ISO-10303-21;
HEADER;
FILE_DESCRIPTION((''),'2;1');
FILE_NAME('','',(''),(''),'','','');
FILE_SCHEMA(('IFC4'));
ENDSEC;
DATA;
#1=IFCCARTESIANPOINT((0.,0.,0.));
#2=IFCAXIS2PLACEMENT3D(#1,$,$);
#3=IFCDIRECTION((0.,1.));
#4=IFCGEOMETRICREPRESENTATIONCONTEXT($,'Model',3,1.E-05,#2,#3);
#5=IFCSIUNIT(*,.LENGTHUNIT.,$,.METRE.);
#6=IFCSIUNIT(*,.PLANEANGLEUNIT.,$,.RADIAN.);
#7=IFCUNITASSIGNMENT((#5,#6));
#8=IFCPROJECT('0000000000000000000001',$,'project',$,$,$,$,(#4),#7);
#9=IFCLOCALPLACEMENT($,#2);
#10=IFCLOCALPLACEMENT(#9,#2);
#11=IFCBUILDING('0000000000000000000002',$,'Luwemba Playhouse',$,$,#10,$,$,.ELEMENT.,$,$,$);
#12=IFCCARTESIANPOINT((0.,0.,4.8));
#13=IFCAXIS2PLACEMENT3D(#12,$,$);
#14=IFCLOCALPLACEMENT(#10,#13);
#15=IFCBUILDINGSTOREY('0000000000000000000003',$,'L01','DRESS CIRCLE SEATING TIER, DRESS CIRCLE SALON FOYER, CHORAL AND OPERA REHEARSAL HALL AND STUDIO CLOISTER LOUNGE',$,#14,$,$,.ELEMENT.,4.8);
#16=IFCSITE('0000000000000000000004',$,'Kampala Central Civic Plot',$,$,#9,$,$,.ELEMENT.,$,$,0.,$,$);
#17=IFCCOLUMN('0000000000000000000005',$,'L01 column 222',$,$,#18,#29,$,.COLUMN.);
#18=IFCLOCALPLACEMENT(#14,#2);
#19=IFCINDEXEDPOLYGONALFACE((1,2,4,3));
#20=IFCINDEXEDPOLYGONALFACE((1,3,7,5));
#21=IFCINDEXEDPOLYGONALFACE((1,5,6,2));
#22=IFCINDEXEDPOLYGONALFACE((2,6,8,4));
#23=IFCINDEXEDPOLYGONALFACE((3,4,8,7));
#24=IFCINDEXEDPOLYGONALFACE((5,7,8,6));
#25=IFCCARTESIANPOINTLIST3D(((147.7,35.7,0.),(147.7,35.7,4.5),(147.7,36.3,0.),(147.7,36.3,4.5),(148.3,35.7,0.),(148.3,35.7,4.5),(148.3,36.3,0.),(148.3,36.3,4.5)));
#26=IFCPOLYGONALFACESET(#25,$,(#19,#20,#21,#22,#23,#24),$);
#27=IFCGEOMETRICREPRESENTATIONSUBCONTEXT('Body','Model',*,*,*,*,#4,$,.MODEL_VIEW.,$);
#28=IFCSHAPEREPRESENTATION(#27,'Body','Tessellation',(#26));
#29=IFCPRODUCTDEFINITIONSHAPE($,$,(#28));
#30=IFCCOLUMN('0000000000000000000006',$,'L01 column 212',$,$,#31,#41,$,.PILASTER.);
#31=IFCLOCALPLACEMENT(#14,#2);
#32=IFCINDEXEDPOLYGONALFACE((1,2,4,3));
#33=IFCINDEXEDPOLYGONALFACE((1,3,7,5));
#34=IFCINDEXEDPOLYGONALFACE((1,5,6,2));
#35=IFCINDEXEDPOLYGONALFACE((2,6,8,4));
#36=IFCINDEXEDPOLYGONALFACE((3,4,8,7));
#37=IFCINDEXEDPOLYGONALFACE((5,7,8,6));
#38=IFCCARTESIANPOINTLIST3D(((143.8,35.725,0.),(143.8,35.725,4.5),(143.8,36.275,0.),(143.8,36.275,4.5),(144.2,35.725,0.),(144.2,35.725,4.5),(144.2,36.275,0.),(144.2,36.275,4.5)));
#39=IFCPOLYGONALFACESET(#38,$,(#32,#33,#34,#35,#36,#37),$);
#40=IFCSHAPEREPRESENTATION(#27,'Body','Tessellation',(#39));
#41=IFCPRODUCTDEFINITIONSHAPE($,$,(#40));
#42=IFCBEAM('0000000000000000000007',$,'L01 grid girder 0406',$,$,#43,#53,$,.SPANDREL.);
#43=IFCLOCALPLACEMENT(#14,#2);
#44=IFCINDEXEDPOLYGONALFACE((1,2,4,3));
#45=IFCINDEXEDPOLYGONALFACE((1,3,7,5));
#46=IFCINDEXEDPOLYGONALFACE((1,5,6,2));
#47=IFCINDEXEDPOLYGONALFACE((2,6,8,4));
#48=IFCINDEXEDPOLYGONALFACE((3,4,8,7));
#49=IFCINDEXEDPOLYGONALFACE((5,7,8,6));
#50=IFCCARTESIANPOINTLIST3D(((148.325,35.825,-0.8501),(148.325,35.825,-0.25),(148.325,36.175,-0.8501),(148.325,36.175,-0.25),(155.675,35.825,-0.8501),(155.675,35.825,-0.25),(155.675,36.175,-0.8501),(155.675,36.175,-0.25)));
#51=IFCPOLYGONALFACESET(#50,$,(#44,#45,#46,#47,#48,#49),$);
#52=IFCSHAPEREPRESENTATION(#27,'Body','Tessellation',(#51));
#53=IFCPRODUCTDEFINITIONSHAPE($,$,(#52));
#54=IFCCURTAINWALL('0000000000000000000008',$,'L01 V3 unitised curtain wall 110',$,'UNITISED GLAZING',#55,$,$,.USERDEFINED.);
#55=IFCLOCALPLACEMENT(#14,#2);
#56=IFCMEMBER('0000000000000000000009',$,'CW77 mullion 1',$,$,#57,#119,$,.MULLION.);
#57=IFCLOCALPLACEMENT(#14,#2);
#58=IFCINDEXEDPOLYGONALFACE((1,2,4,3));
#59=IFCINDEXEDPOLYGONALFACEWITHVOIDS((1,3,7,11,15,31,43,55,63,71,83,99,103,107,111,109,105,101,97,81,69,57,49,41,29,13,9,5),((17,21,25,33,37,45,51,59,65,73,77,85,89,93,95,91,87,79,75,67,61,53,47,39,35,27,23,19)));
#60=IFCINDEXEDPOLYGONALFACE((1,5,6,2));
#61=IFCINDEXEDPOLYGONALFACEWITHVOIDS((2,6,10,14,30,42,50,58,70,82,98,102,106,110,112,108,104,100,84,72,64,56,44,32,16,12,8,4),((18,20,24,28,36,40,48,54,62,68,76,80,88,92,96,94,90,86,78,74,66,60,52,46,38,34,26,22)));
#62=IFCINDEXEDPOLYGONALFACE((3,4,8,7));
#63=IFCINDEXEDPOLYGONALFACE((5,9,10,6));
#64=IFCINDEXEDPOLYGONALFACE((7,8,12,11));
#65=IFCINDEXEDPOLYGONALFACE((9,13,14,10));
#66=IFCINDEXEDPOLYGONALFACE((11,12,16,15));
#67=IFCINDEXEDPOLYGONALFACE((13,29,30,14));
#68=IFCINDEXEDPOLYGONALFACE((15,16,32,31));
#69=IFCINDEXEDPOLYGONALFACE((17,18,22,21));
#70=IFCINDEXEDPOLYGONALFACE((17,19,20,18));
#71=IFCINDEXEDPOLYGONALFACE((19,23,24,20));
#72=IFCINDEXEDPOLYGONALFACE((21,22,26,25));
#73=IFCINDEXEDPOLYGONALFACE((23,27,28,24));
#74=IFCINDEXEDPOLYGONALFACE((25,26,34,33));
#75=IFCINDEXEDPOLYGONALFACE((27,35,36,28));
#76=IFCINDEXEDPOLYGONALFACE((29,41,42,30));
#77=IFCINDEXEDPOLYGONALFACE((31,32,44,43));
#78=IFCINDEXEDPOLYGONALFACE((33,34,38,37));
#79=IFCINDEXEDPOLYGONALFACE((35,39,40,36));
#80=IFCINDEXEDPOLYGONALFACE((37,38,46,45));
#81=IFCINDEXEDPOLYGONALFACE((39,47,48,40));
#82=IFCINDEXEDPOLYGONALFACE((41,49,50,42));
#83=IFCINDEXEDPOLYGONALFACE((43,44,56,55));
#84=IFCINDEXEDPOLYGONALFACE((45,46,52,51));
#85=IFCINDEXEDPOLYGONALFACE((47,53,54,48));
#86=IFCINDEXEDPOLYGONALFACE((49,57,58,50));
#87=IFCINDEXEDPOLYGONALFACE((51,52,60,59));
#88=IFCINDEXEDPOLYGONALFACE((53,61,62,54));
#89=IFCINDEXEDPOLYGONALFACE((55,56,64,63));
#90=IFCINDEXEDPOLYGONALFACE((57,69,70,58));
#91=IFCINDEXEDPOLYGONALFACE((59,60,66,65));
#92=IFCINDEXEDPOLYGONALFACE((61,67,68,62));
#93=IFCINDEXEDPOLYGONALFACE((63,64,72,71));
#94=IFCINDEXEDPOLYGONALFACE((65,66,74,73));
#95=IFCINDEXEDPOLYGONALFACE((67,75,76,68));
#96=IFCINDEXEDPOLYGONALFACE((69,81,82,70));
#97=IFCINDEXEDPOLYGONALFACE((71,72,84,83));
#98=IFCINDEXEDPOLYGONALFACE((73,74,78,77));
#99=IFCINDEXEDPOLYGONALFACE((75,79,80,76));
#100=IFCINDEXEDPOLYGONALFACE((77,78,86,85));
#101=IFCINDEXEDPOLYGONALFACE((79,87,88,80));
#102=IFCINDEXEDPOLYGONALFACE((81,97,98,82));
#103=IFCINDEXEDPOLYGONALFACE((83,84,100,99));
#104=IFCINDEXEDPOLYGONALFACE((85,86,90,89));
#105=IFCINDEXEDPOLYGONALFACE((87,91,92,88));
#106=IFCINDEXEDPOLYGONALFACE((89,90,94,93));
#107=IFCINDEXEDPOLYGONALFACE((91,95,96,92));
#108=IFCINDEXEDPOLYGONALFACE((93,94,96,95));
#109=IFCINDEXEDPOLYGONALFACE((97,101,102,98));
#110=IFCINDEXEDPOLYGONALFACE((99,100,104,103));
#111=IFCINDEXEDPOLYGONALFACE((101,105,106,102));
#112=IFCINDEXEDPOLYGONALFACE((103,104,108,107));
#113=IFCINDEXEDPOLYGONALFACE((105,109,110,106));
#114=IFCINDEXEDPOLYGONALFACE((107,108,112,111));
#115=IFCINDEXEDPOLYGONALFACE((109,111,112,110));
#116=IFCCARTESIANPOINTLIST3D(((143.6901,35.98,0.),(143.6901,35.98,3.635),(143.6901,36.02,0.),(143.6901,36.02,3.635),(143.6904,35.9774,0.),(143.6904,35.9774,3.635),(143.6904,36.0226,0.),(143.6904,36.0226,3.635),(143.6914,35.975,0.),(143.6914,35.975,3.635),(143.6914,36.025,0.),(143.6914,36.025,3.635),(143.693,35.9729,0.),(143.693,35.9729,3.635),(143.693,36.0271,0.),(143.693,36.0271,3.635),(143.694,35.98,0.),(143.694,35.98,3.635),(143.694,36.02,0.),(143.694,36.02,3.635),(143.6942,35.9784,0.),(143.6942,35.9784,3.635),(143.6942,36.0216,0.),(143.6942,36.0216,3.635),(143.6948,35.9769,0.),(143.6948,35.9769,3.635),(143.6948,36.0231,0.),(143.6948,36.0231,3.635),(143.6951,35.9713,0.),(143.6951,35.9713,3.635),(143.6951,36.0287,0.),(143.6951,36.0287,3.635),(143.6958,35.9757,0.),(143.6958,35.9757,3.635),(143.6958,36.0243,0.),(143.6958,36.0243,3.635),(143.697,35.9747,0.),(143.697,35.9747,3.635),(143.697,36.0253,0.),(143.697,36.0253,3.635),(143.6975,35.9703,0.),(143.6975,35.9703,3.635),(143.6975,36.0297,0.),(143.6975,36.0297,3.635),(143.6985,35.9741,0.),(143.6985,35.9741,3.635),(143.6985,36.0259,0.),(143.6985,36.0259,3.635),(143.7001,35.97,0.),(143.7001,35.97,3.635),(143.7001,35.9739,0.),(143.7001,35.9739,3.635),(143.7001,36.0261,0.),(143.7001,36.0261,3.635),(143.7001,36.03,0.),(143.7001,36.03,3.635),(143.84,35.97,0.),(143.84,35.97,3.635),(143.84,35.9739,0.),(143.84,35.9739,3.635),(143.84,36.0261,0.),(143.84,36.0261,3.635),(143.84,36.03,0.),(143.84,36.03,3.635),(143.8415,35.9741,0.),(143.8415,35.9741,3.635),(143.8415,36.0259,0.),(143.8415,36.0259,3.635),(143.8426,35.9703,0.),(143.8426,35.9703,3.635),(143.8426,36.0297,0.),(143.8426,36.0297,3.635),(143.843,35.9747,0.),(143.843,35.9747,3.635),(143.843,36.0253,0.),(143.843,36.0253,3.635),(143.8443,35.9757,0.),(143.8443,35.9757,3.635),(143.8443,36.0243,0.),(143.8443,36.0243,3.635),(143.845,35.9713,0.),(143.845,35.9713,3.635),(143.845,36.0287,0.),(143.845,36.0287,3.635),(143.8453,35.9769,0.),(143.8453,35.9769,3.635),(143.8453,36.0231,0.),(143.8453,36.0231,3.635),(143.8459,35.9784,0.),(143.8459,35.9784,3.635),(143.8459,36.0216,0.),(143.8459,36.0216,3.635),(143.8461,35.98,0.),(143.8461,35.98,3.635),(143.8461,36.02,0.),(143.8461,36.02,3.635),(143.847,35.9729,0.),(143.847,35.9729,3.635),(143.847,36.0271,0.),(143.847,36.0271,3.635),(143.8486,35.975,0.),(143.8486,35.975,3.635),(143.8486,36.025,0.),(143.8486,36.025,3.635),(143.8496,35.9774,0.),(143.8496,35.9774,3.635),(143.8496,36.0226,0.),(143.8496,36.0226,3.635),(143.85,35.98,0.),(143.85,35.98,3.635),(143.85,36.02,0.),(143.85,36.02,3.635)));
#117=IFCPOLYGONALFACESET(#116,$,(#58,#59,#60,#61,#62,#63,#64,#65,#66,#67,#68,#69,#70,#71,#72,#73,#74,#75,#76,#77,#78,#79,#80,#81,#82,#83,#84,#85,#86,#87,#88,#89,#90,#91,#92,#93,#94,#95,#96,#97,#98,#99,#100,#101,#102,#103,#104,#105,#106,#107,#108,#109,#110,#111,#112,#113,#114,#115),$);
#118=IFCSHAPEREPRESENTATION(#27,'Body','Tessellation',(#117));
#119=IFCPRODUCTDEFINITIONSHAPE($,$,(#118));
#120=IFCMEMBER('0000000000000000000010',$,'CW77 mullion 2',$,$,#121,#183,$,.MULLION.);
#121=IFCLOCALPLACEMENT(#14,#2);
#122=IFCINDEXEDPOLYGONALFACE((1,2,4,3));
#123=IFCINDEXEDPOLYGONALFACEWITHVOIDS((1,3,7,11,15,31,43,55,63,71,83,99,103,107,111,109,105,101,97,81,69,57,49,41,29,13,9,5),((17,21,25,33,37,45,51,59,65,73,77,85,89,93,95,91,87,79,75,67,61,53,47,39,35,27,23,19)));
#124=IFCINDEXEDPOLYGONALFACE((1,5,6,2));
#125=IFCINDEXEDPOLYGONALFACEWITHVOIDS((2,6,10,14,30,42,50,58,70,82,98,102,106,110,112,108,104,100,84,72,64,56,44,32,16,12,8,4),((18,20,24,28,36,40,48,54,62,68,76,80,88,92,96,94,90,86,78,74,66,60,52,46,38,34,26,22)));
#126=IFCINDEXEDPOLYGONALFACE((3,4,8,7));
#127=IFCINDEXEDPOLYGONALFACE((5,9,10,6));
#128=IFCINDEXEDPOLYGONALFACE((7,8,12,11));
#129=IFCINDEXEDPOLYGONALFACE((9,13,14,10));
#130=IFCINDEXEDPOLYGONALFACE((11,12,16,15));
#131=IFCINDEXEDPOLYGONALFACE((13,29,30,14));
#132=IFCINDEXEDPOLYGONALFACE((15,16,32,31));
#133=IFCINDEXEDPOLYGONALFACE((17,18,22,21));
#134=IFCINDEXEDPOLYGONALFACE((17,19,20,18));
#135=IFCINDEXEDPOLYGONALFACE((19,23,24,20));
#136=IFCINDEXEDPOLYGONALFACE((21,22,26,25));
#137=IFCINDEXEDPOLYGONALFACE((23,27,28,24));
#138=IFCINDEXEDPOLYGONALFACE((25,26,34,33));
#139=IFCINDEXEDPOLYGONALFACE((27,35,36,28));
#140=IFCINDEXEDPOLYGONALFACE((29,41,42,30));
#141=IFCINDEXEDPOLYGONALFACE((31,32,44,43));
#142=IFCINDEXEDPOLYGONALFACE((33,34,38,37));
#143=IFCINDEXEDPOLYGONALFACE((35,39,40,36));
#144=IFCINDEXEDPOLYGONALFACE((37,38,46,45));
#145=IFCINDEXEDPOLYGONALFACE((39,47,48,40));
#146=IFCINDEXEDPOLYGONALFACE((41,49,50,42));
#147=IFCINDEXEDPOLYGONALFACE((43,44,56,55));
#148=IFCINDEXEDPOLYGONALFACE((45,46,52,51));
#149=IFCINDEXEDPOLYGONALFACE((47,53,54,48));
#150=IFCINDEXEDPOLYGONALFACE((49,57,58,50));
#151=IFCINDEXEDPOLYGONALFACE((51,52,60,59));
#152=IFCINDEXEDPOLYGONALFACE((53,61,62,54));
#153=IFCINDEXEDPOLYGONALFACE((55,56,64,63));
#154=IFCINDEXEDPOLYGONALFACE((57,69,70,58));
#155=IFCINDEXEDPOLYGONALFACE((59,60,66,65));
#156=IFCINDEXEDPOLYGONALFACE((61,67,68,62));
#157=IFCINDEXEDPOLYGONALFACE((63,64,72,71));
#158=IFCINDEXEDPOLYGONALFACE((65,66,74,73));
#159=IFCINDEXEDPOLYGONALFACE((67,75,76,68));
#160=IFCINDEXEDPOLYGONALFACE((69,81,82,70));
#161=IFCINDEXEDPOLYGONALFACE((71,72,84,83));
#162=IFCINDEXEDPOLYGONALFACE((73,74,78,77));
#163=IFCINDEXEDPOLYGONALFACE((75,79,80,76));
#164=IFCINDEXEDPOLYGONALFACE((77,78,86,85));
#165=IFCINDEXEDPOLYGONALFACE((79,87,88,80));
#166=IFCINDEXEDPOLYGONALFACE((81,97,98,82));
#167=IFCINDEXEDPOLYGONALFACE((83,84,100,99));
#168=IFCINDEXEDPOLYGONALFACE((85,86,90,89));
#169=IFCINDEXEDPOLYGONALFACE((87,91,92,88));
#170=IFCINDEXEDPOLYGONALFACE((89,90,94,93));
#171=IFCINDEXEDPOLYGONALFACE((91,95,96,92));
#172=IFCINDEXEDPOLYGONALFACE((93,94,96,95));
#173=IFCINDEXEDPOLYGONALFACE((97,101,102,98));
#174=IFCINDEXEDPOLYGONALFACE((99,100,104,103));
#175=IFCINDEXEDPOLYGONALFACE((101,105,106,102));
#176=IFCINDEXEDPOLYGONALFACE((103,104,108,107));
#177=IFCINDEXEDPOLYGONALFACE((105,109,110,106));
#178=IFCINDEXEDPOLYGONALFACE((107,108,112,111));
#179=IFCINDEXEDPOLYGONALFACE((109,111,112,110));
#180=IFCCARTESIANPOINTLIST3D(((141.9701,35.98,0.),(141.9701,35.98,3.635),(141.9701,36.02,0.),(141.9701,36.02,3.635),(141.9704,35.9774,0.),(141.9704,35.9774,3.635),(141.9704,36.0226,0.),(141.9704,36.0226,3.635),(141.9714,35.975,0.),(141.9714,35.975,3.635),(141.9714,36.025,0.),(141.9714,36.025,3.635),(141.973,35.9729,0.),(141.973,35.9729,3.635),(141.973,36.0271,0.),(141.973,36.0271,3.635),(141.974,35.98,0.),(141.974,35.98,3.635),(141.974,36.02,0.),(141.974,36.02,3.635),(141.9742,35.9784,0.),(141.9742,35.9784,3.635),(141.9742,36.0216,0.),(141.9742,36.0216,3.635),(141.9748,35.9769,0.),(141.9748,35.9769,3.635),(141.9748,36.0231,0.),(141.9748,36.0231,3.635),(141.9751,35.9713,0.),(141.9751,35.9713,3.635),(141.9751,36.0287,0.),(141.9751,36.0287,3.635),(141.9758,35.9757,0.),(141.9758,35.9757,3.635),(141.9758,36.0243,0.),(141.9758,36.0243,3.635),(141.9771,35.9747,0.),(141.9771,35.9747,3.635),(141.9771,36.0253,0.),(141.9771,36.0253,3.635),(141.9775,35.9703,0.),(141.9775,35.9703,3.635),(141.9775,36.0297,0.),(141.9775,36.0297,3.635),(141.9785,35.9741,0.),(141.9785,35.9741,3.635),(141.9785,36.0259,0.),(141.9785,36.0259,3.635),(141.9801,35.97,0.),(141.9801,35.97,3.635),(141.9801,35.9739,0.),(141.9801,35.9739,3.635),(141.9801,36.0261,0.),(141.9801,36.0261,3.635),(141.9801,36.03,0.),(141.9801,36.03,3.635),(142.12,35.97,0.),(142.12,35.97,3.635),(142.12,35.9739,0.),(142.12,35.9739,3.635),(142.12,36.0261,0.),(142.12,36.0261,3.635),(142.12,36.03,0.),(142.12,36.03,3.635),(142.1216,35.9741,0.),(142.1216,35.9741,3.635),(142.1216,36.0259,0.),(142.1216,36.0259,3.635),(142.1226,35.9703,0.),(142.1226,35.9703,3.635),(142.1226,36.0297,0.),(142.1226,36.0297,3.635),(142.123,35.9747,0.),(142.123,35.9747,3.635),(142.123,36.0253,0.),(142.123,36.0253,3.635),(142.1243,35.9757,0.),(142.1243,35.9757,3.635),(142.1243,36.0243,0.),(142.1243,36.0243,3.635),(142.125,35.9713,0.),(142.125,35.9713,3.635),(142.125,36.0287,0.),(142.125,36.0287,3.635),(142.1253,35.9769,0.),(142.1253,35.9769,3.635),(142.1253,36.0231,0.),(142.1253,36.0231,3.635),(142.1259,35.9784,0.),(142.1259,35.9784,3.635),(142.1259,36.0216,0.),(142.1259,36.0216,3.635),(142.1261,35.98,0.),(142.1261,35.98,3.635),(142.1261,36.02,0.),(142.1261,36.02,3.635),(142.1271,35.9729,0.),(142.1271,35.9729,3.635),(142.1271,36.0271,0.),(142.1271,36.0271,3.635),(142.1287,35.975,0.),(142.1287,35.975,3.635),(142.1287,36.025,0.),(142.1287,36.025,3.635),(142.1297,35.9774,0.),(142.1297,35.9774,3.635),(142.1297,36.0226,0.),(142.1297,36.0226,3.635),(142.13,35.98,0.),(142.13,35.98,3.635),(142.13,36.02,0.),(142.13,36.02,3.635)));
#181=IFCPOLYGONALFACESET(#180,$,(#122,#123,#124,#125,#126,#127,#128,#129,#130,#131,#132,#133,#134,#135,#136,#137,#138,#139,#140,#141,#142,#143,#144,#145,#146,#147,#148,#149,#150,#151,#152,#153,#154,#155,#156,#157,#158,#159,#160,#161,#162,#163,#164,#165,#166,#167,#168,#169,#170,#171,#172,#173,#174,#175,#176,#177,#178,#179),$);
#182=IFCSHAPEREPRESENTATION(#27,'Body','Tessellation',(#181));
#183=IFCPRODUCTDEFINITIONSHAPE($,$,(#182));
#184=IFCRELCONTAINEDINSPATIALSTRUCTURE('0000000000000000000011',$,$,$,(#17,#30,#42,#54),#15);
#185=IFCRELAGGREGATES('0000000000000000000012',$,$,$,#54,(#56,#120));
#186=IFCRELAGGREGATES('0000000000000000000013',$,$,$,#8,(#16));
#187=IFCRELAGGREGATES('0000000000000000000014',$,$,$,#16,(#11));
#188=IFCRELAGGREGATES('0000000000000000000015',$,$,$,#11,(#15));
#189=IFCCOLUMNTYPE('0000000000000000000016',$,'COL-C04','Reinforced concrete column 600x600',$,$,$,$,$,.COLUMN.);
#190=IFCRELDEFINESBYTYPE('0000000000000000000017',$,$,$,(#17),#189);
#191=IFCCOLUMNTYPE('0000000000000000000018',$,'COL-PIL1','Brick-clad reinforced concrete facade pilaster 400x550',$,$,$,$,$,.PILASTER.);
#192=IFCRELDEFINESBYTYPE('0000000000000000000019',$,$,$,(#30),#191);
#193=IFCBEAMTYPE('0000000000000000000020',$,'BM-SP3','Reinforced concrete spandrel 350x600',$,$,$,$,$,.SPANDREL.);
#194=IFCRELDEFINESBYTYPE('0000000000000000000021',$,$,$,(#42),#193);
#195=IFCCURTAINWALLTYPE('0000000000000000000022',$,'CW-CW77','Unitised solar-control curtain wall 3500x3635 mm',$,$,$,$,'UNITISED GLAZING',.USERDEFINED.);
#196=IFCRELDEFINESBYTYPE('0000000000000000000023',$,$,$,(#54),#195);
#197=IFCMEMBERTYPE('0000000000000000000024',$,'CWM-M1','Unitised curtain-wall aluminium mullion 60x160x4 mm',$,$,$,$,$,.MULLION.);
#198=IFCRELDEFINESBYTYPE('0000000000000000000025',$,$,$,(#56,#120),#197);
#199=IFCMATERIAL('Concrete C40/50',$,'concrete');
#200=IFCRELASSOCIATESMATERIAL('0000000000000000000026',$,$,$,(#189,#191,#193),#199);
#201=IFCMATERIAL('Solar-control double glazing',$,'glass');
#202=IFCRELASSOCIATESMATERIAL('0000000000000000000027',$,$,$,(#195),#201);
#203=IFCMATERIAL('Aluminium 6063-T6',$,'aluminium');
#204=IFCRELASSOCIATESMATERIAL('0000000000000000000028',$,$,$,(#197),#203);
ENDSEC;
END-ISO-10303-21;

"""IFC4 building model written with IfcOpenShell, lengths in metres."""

from ifc_helpers import new_model, si_unit, direction, frame, origin, origin_2d, place, context, subcontext, project, spatial, rectangle, hollow_rectangle, extrude, material, material_profile, profile_set, type_object, element, aggregate, save


model = new_model("IFC4")

# Units and contexts
model_context = context("Model", 3, precision=1e-05, world=origin(), true_north=direction((0.0, 1.0)))
body_context = subcontext(model_context, "Body", "Model", "MODEL_VIEW")
ifc_project = project(units=[si_unit("LENGTHUNIT", "METRE"), si_unit("PLANEANGLEUNIT", "RADIAN")], contexts=[model_context])

# Site, building, storey
site_placement = place(None, origin())
site = spatial("IfcSite", under=ifc_project, at=site_placement, Name="Kampala Central Civic Plot", CompositionType="ELEMENT", RefElevation=0.0)
building_placement = place(site_placement, origin())
building = spatial("IfcBuilding", under=site, at=building_placement, Name="Luwemba Playhouse", CompositionType="ELEMENT")
storey_placement = place(building_placement, frame((0.0, 0.0, 4.8)))
storey = spatial("IfcBuildingStorey", under=building, at=storey_placement, Name="L01", Description="DRESS CIRCLE SEATING TIER, DRESS CIRCLE SALON FOYER, CHORAL AND OPERA REHEARSAL HALL AND STUDIO CLOISTER LOUNGE", CompositionType="ELEMENT", Elevation=4.8)

# Columns
ifc_material_1 = material(Name="Concrete C40/50", Category="concrete")
ifc_material_profile_1 = material_profile(ifc_material_1, rectangle(XDim=0.6001, YDim=0.6001, at=origin_2d()))
ifc_profile_set_1 = profile_set([ifc_material_profile_1], Name="Concrete C40/50")
column_type_1 = type_object("IfcColumnType", Name="COL-C04", Description="Reinforced concrete column 600x600", PredefinedType="COLUMN", material=ifc_profile_set_1)
column_1_placement = place(storey_placement, frame((148.0, 36.0, 0.0), z_axis=(0.0, 0.0, 1.0), x_axis=(1.0, 0.0, 0.0)))
element("IfcColumn", 1, at=column_1_placement, inside=storey, type_object=column_type_1, Name="L01 column 222", PredefinedType="COLUMN", context=body_context, shape_type="SweptSolid", body=[
    extrude(rectangle(XDim=0.6001, YDim=0.6001, at=origin_2d()), origin(), (0.0, 0.0, 1.0), 4.5),
])
ifc_material_profile_2 = material_profile(ifc_material_1, rectangle(XDim=0.3999, YDim=0.55, at=origin_2d()))
ifc_profile_set_2 = profile_set([ifc_material_profile_2], Name="Concrete C40/50")
column_type_2 = type_object("IfcColumnType", Name="COL-PIL1", Description="Brick-clad reinforced concrete facade pilaster 400x550", PredefinedType="PILASTER", material=ifc_profile_set_2)
column_2_placement = place(storey_placement, frame((144.0, 36.0, 0.0), z_axis=(0.0, 0.0, 1.0), x_axis=(1.0, 0.0, 0.0)))
element("IfcColumn", 2, at=column_2_placement, inside=storey, type_object=column_type_2, Name="L01 column 212", PredefinedType="PILASTER", context=body_context, shape_type="SweptSolid", body=[
    extrude(rectangle(XDim=0.3999, YDim=0.55, at=origin_2d()), origin(), (0.0, 0.0, 1.0), 4.5),
])

# Beam
ifc_material_profile_3 = material_profile(ifc_material_1, rectangle(XDim=0.3501, YDim=0.6001, at=origin_2d()))
ifc_profile_set_3 = profile_set([ifc_material_profile_3], Name="Concrete C40/50")
beam_type = type_object("IfcBeamType", Name="BM-SP3", Description="Reinforced concrete spandrel 350x600", PredefinedType="SPANDREL", material=ifc_profile_set_3)
beam_placement = place(storey_placement, frame((148.325, 36.0, -0.55), z_axis=(1.0, 0.0, 0.0), x_axis=(0.0, 1.0, 0.0)))
element("IfcBeam", 3, at=beam_placement, inside=storey, type_object=beam_type, Name="L01 grid girder 0406", PredefinedType="SPANDREL", context=body_context, shape_type="SweptSolid", body=[
    extrude(rectangle(XDim=0.3501, YDim=0.6001, at=origin_2d()), origin(), (0.0, 0.0, 1.0), 7.3501),
])

# Curtain wall, members
ifc_material_2 = material(Name="Solar-control double glazing", Category="glass")
curtain_wall_type_1 = type_object("IfcCurtainWallType", Name="CW-CW77", Description="Unitised solar-control curtain wall 3500x3635 mm", ElementType="UNITISED GLAZING", PredefinedType="USERDEFINED", material=ifc_material_2)
curtain_wall_1_placement = place(storey_placement, origin())
curtain_wall_1 = element("IfcCurtainWall", 4, at=curtain_wall_1_placement, inside=storey, type_object=curtain_wall_type_1, Name="L01 V3 unitised curtain wall 110", ObjectType="UNITISED GLAZING", PredefinedType="USERDEFINED")
ifc_material_3 = material(Name="Aluminium 6063-T6", Category="aluminium")
ifc_material_profile_4 = material_profile(ifc_material_3, hollow_rectangle(XDim=0.0601, YDim=0.1599, WallThickness=0.0039, InnerFilletRadius=0.0061, OuterFilletRadius=0.01, at=origin_2d()))
ifc_profile_set_4 = profile_set([ifc_material_profile_4], Name="Aluminium 6063-T6")
member_type_1 = type_object("IfcMemberType", Name="CWM-M1", Description="Unitised curtain-wall aluminium mullion 60x160x4 mm", PredefinedType="MULLION", material=ifc_profile_set_4)
member_1_placement = place(storey_placement, frame((143.77, 36.0, 0.0), z_axis=(0.0, 0.0, 1.0), x_axis=(0.0, -1.0, 0.0)))
member_1 = element("IfcMember", 5, at=member_1_placement, type_object=member_type_1, Name="CW77 mullion 1", PredefinedType="MULLION", context=body_context, shape_type="SweptSolid", body=[
    extrude(hollow_rectangle(XDim=0.0601, YDim=0.1599, WallThickness=0.0039, InnerFilletRadius=0.0061, OuterFilletRadius=0.01, at=origin_2d()), origin(), (0.0, 0.0, 1.0), 3.635),
])
member_2_placement = place(storey_placement, frame((142.05, 36.0, 0.0), z_axis=(0.0, 0.0, 1.0), x_axis=(0.0, -1.0, 0.0)))
member_2 = element("IfcMember", 6, at=member_2_placement, type_object=member_type_1, Name="CW77 mullion 2", PredefinedType="MULLION", context=body_context, shape_type="SweptSolid", body=[
    extrude(hollow_rectangle(XDim=0.0601, YDim=0.1599, WallThickness=0.0039, InnerFilletRadius=0.0061, OuterFilletRadius=0.01, at=origin_2d()), origin(), (0.0, 0.0, 1.0), 3.635),
])

aggregate(curtain_wall_1, [member_1, member_2])

save(model, "model.ifc")
